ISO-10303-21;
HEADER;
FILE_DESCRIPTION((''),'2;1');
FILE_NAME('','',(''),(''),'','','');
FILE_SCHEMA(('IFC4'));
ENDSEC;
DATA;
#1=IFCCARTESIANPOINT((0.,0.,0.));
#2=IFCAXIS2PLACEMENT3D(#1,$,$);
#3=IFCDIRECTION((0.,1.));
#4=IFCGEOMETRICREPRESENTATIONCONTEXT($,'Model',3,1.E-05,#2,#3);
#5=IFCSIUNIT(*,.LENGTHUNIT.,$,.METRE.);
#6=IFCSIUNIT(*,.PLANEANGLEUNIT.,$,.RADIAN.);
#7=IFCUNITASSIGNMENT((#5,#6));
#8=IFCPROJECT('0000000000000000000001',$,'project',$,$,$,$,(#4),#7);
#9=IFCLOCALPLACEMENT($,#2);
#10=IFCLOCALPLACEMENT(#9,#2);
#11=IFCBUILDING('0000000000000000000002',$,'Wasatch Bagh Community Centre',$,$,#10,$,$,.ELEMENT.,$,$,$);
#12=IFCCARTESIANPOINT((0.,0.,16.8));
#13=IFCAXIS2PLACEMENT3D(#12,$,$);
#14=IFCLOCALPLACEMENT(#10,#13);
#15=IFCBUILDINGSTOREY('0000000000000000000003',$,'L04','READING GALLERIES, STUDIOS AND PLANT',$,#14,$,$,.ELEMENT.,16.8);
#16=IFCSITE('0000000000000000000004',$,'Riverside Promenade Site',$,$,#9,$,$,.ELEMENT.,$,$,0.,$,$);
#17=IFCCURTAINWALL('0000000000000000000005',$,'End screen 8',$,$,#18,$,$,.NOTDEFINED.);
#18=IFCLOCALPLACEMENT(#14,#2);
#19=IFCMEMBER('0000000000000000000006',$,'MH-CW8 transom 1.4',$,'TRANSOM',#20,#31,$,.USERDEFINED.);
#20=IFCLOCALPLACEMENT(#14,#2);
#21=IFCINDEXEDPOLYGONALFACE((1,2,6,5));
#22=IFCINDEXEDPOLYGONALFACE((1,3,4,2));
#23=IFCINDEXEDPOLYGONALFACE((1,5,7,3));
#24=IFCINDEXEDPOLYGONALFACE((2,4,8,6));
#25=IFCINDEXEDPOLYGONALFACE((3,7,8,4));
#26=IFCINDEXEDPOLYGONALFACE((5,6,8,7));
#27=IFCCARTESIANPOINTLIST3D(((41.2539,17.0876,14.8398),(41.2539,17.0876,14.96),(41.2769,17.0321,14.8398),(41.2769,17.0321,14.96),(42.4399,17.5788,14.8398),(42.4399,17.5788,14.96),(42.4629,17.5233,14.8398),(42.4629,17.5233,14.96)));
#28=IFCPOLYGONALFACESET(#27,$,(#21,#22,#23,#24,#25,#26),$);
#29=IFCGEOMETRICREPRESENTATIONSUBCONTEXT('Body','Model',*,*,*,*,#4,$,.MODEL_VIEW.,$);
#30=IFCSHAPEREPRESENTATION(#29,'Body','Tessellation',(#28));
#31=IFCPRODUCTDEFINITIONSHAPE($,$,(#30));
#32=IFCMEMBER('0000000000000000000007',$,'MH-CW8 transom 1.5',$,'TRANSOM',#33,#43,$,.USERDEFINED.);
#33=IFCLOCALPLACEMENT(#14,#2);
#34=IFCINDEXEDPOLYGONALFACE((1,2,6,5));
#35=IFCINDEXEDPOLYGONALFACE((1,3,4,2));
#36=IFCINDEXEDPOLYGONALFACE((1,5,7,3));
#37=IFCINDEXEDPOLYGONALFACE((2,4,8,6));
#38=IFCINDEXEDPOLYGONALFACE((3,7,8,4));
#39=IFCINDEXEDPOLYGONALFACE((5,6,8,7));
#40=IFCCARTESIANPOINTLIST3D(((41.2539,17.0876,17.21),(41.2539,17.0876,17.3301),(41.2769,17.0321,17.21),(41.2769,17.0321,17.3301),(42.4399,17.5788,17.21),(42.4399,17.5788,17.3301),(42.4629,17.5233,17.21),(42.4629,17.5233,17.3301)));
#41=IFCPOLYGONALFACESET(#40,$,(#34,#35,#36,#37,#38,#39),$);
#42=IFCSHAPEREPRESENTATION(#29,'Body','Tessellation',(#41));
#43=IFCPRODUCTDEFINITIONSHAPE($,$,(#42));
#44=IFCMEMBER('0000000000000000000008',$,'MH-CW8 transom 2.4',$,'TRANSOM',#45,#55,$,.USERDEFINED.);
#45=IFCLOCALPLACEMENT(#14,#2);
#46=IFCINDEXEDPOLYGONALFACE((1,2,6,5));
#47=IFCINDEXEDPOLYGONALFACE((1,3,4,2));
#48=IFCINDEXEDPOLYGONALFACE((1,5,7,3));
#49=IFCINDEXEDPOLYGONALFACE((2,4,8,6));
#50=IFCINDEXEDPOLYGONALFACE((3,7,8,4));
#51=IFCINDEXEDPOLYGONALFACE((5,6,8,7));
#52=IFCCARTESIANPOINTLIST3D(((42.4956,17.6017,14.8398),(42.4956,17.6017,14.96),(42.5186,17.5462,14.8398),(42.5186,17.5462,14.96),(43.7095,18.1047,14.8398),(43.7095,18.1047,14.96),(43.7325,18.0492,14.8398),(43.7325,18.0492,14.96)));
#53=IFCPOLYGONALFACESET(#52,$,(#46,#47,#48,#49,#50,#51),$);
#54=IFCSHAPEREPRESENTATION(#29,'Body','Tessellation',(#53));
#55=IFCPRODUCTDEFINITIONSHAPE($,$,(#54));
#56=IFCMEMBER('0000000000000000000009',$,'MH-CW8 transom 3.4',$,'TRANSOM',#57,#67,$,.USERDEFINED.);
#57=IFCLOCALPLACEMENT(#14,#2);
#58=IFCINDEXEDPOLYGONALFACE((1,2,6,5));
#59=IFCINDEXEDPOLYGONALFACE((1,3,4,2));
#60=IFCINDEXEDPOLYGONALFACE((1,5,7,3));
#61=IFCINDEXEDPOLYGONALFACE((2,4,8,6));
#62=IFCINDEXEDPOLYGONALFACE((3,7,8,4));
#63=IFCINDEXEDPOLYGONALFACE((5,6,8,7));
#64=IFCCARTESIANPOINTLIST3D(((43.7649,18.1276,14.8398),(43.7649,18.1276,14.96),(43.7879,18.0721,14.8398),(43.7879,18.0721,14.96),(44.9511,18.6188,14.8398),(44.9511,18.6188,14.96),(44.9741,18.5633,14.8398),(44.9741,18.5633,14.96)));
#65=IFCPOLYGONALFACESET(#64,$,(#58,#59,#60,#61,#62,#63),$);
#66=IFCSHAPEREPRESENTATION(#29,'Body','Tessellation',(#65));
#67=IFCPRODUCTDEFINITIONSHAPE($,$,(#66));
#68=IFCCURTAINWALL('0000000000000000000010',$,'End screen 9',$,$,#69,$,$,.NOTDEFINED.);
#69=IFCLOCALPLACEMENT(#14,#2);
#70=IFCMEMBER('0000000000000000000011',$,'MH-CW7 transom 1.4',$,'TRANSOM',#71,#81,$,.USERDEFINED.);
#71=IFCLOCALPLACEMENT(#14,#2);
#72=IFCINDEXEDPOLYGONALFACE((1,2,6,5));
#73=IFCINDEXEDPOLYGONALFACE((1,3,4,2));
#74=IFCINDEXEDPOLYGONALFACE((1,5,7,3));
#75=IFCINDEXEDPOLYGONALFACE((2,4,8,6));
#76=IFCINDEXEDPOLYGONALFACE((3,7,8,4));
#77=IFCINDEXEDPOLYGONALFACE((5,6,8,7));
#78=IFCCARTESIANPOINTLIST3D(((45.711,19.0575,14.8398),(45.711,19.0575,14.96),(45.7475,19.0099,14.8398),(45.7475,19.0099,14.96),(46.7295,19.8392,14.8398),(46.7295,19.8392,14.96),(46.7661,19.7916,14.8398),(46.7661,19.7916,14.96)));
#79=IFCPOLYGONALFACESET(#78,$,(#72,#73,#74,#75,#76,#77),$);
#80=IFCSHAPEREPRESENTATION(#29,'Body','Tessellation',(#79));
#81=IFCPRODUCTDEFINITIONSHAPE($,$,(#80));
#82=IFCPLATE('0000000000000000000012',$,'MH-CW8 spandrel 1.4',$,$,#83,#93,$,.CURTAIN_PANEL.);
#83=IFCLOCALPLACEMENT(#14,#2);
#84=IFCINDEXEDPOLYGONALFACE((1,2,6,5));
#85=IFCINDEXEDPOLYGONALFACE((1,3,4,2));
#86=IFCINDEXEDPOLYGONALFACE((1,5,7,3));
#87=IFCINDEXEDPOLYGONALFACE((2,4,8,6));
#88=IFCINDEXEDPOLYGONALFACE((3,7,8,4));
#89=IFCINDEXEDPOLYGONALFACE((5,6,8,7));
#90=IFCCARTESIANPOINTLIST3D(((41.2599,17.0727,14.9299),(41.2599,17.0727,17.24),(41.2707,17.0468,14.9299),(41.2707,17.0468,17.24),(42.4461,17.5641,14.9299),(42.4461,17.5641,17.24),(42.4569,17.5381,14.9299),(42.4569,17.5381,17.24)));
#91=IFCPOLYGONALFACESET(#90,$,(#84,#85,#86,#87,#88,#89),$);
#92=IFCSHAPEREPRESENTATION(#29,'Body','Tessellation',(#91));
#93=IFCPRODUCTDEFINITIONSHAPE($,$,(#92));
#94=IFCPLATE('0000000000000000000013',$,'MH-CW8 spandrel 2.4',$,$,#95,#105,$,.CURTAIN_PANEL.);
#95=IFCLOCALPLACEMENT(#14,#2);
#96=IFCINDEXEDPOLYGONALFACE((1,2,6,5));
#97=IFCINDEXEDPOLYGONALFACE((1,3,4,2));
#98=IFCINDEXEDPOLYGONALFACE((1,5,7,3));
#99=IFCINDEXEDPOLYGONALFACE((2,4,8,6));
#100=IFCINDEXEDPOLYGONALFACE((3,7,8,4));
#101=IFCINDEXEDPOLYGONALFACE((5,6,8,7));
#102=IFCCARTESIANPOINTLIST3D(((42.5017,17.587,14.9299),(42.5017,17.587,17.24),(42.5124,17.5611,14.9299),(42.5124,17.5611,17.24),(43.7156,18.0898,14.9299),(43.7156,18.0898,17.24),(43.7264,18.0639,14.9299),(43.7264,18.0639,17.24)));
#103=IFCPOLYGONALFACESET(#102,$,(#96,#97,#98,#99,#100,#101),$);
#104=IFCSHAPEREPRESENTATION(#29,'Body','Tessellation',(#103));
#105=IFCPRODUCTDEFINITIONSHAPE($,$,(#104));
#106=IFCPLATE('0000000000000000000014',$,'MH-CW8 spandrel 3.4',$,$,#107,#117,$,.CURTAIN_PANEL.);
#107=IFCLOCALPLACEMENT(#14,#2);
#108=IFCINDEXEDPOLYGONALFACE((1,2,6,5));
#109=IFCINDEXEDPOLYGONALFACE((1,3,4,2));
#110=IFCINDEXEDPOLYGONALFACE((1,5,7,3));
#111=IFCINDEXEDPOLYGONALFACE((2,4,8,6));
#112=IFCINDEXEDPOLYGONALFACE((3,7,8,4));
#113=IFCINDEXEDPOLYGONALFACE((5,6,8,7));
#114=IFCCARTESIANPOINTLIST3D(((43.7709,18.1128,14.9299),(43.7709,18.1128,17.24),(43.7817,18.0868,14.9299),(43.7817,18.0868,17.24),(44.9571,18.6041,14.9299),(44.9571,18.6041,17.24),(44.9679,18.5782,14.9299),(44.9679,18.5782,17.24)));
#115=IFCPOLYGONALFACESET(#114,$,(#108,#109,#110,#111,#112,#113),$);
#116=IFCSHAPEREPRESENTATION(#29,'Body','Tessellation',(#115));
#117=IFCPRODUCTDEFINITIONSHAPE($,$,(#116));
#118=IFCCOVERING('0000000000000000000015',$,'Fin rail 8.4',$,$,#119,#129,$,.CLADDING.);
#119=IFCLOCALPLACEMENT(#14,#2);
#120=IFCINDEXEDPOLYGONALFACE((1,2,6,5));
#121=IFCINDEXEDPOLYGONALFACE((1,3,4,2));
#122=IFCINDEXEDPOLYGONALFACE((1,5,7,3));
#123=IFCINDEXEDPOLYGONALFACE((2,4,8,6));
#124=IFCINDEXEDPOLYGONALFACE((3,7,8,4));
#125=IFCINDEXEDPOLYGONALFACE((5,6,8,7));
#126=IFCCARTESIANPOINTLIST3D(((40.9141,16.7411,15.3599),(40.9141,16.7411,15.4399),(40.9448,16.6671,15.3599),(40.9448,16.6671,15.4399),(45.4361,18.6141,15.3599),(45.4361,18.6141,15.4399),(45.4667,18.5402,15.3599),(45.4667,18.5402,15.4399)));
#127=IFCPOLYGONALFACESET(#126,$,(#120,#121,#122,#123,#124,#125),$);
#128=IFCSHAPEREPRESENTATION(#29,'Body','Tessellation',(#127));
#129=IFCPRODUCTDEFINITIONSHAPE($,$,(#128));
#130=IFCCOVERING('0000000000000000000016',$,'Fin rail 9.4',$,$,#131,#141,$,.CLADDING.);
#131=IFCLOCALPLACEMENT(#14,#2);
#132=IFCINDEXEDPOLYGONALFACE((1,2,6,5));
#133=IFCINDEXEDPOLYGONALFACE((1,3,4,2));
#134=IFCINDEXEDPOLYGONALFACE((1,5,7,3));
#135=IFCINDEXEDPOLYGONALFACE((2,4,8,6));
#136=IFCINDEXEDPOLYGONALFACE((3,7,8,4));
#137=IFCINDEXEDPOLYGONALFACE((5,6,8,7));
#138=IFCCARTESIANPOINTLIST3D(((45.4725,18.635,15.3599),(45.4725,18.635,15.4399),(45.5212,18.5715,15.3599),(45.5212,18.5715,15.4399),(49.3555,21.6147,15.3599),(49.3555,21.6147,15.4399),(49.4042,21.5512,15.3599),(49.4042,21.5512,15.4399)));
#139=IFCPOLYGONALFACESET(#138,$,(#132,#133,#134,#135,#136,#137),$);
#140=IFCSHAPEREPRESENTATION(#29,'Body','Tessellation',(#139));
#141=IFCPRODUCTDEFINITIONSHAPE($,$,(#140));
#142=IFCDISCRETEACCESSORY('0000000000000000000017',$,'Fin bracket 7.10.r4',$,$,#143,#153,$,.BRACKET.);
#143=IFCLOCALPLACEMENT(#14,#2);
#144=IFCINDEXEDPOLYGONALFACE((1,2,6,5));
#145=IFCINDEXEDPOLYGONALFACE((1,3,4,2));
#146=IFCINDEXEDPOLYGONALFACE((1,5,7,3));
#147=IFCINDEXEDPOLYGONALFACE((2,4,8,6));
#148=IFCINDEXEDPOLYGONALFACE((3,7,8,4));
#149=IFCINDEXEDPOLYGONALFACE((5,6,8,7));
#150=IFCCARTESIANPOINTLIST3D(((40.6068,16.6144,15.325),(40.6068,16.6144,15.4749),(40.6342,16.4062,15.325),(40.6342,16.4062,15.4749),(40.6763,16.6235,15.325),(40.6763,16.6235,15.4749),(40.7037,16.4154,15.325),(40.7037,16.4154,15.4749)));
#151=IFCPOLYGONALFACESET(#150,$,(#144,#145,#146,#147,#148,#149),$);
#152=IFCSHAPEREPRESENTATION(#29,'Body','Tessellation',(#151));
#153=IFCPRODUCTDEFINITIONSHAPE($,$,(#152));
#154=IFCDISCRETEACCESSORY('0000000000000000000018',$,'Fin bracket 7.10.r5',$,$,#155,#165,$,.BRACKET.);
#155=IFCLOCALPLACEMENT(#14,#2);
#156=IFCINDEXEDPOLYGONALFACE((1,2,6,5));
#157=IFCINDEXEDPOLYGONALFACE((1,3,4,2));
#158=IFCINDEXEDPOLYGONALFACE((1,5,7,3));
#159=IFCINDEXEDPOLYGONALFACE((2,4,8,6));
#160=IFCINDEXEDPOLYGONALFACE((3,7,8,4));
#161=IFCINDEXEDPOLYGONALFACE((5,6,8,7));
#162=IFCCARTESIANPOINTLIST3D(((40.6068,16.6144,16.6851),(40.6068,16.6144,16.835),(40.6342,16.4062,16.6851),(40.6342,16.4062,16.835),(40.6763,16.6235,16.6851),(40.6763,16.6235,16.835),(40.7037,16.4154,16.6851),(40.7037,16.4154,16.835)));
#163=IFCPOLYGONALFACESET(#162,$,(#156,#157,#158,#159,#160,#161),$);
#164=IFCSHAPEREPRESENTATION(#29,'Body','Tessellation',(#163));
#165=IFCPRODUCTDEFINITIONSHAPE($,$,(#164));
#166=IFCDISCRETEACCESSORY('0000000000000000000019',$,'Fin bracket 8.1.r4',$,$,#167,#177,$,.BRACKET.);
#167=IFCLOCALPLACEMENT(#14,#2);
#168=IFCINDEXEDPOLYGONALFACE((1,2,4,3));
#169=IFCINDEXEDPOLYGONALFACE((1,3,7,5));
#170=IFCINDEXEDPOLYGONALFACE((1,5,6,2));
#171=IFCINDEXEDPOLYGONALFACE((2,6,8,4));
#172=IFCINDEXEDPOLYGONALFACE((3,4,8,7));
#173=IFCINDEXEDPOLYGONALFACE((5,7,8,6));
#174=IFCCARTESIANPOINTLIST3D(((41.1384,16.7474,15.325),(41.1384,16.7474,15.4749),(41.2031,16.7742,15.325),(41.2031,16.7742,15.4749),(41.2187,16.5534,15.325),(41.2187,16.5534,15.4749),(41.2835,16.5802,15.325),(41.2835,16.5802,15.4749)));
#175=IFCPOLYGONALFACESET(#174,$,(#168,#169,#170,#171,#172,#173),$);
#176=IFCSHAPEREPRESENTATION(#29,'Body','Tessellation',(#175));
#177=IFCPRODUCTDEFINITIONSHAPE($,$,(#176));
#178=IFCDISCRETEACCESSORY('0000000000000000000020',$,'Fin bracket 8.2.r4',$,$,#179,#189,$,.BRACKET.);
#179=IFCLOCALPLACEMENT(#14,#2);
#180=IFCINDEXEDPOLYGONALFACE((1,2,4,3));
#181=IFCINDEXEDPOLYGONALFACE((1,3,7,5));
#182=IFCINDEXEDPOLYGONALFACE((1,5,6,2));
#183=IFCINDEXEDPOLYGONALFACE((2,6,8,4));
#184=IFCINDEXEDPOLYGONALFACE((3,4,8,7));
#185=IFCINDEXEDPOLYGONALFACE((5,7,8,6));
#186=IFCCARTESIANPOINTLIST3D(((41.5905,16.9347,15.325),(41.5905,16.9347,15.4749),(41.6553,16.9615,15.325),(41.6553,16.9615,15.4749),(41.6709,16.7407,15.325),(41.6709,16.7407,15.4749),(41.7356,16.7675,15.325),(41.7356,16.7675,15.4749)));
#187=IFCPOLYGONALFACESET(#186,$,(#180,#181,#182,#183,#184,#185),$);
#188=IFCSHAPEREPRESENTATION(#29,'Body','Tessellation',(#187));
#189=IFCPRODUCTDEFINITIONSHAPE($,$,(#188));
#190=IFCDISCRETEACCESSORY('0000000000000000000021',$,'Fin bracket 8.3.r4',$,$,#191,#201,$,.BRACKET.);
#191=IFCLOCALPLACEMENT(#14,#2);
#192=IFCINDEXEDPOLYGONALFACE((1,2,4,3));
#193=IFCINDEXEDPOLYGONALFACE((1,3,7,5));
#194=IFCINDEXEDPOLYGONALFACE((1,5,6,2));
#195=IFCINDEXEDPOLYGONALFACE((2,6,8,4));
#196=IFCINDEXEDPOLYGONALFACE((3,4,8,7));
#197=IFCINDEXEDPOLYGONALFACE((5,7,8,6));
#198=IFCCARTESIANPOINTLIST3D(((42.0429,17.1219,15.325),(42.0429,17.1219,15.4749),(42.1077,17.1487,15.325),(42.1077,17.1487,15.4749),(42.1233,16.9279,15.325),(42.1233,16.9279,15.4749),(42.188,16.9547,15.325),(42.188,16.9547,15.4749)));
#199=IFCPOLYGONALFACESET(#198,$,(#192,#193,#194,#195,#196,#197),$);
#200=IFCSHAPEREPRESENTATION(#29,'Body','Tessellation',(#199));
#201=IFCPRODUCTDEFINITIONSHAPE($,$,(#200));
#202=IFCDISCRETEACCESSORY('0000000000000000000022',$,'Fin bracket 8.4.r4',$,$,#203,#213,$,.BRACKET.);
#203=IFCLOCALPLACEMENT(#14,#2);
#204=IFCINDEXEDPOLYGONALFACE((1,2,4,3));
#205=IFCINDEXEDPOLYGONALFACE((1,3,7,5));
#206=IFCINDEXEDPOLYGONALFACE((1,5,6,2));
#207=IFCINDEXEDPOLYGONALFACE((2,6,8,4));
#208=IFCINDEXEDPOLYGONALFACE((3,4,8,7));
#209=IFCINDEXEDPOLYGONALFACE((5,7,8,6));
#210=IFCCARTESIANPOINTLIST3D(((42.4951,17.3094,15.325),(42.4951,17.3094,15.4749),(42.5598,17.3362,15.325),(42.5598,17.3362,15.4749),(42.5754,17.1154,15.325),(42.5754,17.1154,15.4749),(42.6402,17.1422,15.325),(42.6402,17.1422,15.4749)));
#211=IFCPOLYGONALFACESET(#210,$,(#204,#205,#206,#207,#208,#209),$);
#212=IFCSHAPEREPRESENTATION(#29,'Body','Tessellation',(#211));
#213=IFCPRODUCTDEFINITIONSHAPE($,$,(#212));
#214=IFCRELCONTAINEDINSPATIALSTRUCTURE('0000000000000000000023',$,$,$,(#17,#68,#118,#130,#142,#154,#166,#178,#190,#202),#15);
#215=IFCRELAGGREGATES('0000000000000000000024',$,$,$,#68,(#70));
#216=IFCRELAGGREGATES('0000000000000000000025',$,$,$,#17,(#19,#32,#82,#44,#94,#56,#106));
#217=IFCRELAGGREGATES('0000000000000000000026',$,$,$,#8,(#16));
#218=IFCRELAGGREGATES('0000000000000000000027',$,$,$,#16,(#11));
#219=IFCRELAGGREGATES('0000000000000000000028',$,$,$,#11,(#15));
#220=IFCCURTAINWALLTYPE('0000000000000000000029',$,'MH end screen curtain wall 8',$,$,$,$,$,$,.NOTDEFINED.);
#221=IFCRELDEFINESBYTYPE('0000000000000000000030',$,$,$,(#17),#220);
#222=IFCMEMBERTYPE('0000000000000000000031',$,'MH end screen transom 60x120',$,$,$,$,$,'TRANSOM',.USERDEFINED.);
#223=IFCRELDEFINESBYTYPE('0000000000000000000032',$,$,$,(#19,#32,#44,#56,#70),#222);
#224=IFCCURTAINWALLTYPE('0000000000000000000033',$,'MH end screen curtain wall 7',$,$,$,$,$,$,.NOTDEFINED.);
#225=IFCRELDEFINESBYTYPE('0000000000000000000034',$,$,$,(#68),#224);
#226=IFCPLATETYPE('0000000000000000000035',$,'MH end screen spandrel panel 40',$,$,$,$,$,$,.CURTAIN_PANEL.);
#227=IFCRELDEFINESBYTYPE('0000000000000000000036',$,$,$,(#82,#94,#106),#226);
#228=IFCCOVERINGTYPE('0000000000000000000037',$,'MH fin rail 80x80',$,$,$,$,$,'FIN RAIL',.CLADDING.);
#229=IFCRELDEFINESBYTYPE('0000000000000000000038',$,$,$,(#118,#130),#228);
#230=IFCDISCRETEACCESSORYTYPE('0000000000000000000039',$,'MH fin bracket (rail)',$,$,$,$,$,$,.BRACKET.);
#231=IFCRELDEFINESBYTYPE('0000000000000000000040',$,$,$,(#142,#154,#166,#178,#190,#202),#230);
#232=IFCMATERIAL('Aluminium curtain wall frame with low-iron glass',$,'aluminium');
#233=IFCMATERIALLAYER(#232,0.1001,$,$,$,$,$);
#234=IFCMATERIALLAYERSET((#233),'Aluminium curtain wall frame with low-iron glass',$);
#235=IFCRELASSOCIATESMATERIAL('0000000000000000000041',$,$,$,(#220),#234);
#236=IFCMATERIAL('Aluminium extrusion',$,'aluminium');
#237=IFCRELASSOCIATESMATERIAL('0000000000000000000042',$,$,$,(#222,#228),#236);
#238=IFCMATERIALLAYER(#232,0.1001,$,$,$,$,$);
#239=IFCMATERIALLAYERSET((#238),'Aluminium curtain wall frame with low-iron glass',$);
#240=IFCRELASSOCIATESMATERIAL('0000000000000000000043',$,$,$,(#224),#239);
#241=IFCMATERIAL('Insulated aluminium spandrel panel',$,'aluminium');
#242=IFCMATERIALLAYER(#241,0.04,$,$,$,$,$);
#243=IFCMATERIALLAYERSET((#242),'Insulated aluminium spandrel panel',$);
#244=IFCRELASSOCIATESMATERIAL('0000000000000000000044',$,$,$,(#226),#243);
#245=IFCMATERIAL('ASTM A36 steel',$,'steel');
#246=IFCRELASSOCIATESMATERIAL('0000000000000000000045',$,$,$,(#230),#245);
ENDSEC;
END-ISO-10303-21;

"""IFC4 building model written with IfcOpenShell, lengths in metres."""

from ifc_helpers import new_model, si_unit, direction, frame, origin, origin_2d, place, context, subcontext, project, spatial, rectangle, extrude, material, layer, layer_set, material_profile, profile_set, type_object, element, aggregate, save


model = new_model("IFC4")

# Units and contexts
model_context = context("Model", 3, precision=1e-05, world=origin(), true_north=direction((0.0, 1.0)))
body_context = subcontext(model_context, "Body", "Model", "MODEL_VIEW")
ifc_project = project(units=[si_unit("LENGTHUNIT", "METRE"), si_unit("PLANEANGLEUNIT", "RADIAN")], contexts=[model_context])

# Site, building, storey
site_placement = place(None, origin())
site = spatial("IfcSite", under=ifc_project, at=site_placement, Name="Riverside Promenade Site", CompositionType="ELEMENT", RefElevation=0.0)
building_placement = place(site_placement, origin())
building = spatial("IfcBuilding", under=site, at=building_placement, Name="Wasatch Bagh Community Centre", CompositionType="ELEMENT")
storey_placement = place(building_placement, frame((0.0, 0.0, 16.8)))
storey = spatial("IfcBuildingStorey", under=building, at=storey_placement, Name="L04", Description="READING GALLERIES, STUDIOS AND PLANT", CompositionType="ELEMENT", Elevation=16.8)

# Curtain wall, members
ifc_material_1 = material(Name="Aluminium curtain wall frame with low-iron glass", Category="aluminium")
ifc_layer_1 = layer(ifc_material_1, 0.1001)
ifc_layer_set_1 = layer_set([ifc_layer_1], Name="Aluminium curtain wall frame with low-iron glass")
curtain_wall_type_1 = type_object("IfcCurtainWallType", Name="MH end screen curtain wall 8", PredefinedType="NOTDEFINED", material=ifc_layer_set_1)
curtain_wall_1_placement = place(storey_placement, origin())
curtain_wall_1 = element("IfcCurtainWall", 1, at=curtain_wall_1_placement, inside=storey, type_object=curtain_wall_type_1, Name="End screen 8", PredefinedType="NOTDEFINED")
ifc_material_2 = material(Name="Aluminium extrusion", Category="aluminium")
ifc_material_profile_1 = material_profile(ifc_material_2, rectangle(XDim=0.0601, YDim=0.1201, at=origin_2d()), Name="AL 60x120")
ifc_profile_set_1 = profile_set([ifc_material_profile_1], Name="Aluminium extrusion")
member_type = type_object("IfcMemberType", Name="MH end screen transom 60x120", ElementType="TRANSOM", PredefinedType="USERDEFINED", material=ifc_profile_set_1)
member_1_placement = place(storey_placement, frame((41.2654, 17.0598, 14.8999), z_axis=(0.923896, 0.382643, 0.0), x_axis=(-0.382643, 0.923896, 0.0)))
member_1 = element("IfcMember", 2, at=member_1_placement, type_object=member_type, Name="MH-CW8 transom 1.4", ObjectType="TRANSOM", PredefinedType="USERDEFINED", context=body_context, shape_type="SweptSolid", body=[
    extrude(rectangle(XDim=0.0601, YDim=0.1201, at=origin_2d()), origin(), (0.0, 0.0, 1.0), 1.2837),
])
member_2_placement = place(storey_placement, frame((41.2654, 17.0598, 17.27), z_axis=(0.923896, 0.382643, 0.0), x_axis=(-0.382643, 0.923896, 0.0)))
member_2 = element("IfcMember", 3, at=member_2_placement, type_object=member_type, Name="MH-CW8 transom 1.5", ObjectType="TRANSOM", PredefinedType="USERDEFINED", context=body_context, shape_type="SweptSolid", body=[
    extrude(rectangle(XDim=0.0601, YDim=0.1201, at=origin_2d()), origin(), (0.0, 0.0, 1.0), 1.2837),
])
member_3_placement = place(storey_placement, frame((42.5071, 17.574, 14.8999), z_axis=(0.923845, 0.382768, 0.0), x_axis=(-0.382768, 0.923845, 0.0)))
member_3 = element("IfcMember", 4, at=member_3_placement, type_object=member_type, Name="MH-CW8 transom 2.4", ObjectType="TRANSOM", PredefinedType="USERDEFINED", context=body_context, shape_type="SweptSolid", body=[
    extrude(rectangle(XDim=0.0601, YDim=0.1201, at=origin_2d()), origin(), (0.0, 0.0, 1.0), 1.314),
])
member_4_placement = place(storey_placement, frame((43.7764, 18.0999, 14.8999), z_axis=(0.923924, 0.382576, 0.0), x_axis=(-0.382576, 0.923924, 0.0)))
member_4 = element("IfcMember", 5, at=member_4_placement, type_object=member_type, Name="MH-CW8 transom 3.4", ObjectType="TRANSOM", PredefinedType="USERDEFINED", context=body_context, shape_type="SweptSolid", body=[
    extrude(rectangle(XDim=0.0601, YDim=0.1201, at=origin_2d()), origin(), (0.0, 0.0, 1.0), 1.2839),
])

# Curtain wall, member
ifc_layer_2 = layer(ifc_material_1, 0.1001)
ifc_layer_set_2 = layer_set([ifc_layer_2], Name="Aluminium curtain wall frame with low-iron glass")
curtain_wall_type_2 = type_object("IfcCurtainWallType", Name="MH end screen curtain wall 7", PredefinedType="NOTDEFINED", material=ifc_layer_set_2)
curtain_wall_2_placement = place(storey_placement, origin())
curtain_wall_2 = element("IfcCurtainWall", 6, at=curtain_wall_2_placement, inside=storey, type_object=curtain_wall_type_2, Name="End screen 9", PredefinedType="NOTDEFINED")
member_5_placement = place(storey_placement, frame((45.7292, 19.0337, 14.8999), z_axis=(0.793288, 0.608847, 0.0), x_axis=(-0.608847, 0.793288, 0.0)))
member_5 = element("IfcMember", 7, at=member_5_placement, type_object=member_type, Name="MH-CW7 transom 1.4", ObjectType="TRANSOM", PredefinedType="USERDEFINED", context=body_context, shape_type="SweptSolid", body=[
    extrude(rectangle(XDim=0.0601, YDim=0.1201, at=origin_2d()), origin(), (0.0, 0.0, 1.0), 1.2839),
])
aggregate(curtain_wall_2, [member_5])

# Plates
ifc_material_3 = material(Name="Insulated aluminium spandrel panel", Category="aluminium")
ifc_layer_3 = layer(ifc_material_3, 0.04)
ifc_layer_set_3 = layer_set([ifc_layer_3], Name="Insulated aluminium spandrel panel")
plate_type = type_object("IfcPlateType", Name="MH end screen spandrel panel 40", PredefinedType="CURTAIN_PANEL", material=ifc_layer_set_3)
plate_1_placement = place(storey_placement, frame((41.8584, 17.3054, 14.9299), z_axis=(0.0, 0.0, 1.0), x_axis=(0.92388, 0.382683, 0.0)))
plate_1 = element("IfcPlate", 8, at=plate_1_placement, type_object=plate_type, Name="MH-CW8 spandrel 1.4", PredefinedType="CURTAIN_PANEL", context=body_context, shape_type="SweptSolid", body=[
    extrude(rectangle(XDim=1.2839, YDim=0.0281, at=origin_2d()), origin(), (0.0, 0.0, 1.0), 2.3101),
])
plate_2_placement = place(storey_placement, frame((43.114, 17.8254, 14.9299), z_axis=(0.0, 0.0, 1.0), x_axis=(0.92388, 0.382683, 0.0)))
plate_2 = element("IfcPlate", 9, at=plate_2_placement, type_object=plate_type, Name="MH-CW8 spandrel 2.4", PredefinedType="CURTAIN_PANEL", context=body_context, shape_type="SweptSolid", body=[
    extrude(rectangle(XDim=1.314, YDim=0.0281, at=origin_2d()), origin(), (0.0, 0.0, 1.0), 2.3101),
])
plate_3_placement = place(storey_placement, frame((44.3694, 18.3455, 14.9299), z_axis=(0.0, 0.0, 1.0), x_axis=(0.92388, 0.382683, 0.0)))
plate_3 = element("IfcPlate", 10, at=plate_3_placement, type_object=plate_type, Name="MH-CW8 spandrel 3.4", PredefinedType="CURTAIN_PANEL", context=body_context, shape_type="SweptSolid", body=[
    extrude(rectangle(XDim=1.2839, YDim=0.0281, at=origin_2d()), origin(), (0.0, 0.0, 1.0), 2.3101),
])
aggregate(curtain_wall_1, [member_1, member_2, plate_1, member_3, plate_2, member_4, plate_3])

# Coverings
ifc_material_profile_2 = material_profile(ifc_material_2, rectangle(XDim=0.0801, YDim=0.0801, at=origin_2d()), Name="AL 80x80")
ifc_profile_set_2 = profile_set([ifc_material_profile_2], Name="Aluminium extrusion")
covering_type = type_object("IfcCoveringType", Name="MH fin rail 80x80", ElementType="FIN RAIL", PredefinedType="CLADDING", material=ifc_profile_set_2)
for number, where, z_axis, x_axis, name in (
    (11, (40.9294, 16.7041, 15.3999), (0.923881, 0.382681, 0.0), (-0.382681, 0.923881, 0.0), "Fin rail 8.4"),
    (12, (45.4968, 18.6033, 15.3999), (0.793337, 0.608782, 0.0), (-0.608782, 0.793337, 0.0), "Fin rail 9.4"),
):
    element("IfcCovering", number, at=place(storey_placement, frame(where, z_axis=z_axis, x_axis=x_axis)), inside=storey, type_object=covering_type, Name=name, PredefinedType="CLADDING", context=body_context, shape_type="SweptSolid", body=[
        extrude(rectangle(XDim=0.0801, YDim=0.0801, at=origin_2d()), origin(), (0.0, 0.0, 1.0), 4.8945),
    ])

# Discrete accessories
ifc_material_4 = material(Name="ASTM A36 steel", Category="steel")
discrete_accessory_type_1 = type_object("IfcDiscreteAccessoryType", Name="MH fin bracket (rail)", PredefinedType="BRACKET", material=ifc_material_4)
for number, where, z_axis, x_axis, name in (
    (13, (40.6553, 16.5149, 15.325), (0.0, 0.0, 1.0), (0.991445, 0.130526, 0.0), "Fin bracket 7.10.r4"),
    (14, (40.6553, 16.5149, 16.6851), (0.0, 0.0, 1.0), (0.991445, 0.130526, 0.0), "Fin bracket 7.10.r5"),
    (15, (41.2109, 16.6638, 15.325), (0.0, 0.0, 1.0), (0.92388, 0.382683, 0.0), "Fin bracket 8.1.r4"),
    (16, (41.6631, 16.8511, 15.325), (0.0, 0.0, 1.0), (0.92388, 0.382683, 0.0), "Fin bracket 8.2.r4"),
    (17, (42.1155, 17.0383, 15.325), (0.0, 0.0, 1.0), (0.92388, 0.382683, 0.0), "Fin bracket 8.3.r4"),
    (18, (42.5676, 17.2258, 15.325), (0.0, 0.0, 1.0), (0.92388, 0.382683, 0.0), "Fin bracket 8.4.r4"),
):
    element("IfcDiscreteAccessory", number, at=place(storey_placement, frame(where, z_axis=z_axis, x_axis=x_axis)), inside=storey, type_object=discrete_accessory_type_1, Name=name, PredefinedType="BRACKET", context=body_context, shape_type="SweptSolid", body=[
        extrude(rectangle(XDim=0.0701, YDim=0.21, at=origin_2d()), origin(), (0.0, 0.0, 1.0), 0.1499),
    ])

save(model, "model.ifc")
